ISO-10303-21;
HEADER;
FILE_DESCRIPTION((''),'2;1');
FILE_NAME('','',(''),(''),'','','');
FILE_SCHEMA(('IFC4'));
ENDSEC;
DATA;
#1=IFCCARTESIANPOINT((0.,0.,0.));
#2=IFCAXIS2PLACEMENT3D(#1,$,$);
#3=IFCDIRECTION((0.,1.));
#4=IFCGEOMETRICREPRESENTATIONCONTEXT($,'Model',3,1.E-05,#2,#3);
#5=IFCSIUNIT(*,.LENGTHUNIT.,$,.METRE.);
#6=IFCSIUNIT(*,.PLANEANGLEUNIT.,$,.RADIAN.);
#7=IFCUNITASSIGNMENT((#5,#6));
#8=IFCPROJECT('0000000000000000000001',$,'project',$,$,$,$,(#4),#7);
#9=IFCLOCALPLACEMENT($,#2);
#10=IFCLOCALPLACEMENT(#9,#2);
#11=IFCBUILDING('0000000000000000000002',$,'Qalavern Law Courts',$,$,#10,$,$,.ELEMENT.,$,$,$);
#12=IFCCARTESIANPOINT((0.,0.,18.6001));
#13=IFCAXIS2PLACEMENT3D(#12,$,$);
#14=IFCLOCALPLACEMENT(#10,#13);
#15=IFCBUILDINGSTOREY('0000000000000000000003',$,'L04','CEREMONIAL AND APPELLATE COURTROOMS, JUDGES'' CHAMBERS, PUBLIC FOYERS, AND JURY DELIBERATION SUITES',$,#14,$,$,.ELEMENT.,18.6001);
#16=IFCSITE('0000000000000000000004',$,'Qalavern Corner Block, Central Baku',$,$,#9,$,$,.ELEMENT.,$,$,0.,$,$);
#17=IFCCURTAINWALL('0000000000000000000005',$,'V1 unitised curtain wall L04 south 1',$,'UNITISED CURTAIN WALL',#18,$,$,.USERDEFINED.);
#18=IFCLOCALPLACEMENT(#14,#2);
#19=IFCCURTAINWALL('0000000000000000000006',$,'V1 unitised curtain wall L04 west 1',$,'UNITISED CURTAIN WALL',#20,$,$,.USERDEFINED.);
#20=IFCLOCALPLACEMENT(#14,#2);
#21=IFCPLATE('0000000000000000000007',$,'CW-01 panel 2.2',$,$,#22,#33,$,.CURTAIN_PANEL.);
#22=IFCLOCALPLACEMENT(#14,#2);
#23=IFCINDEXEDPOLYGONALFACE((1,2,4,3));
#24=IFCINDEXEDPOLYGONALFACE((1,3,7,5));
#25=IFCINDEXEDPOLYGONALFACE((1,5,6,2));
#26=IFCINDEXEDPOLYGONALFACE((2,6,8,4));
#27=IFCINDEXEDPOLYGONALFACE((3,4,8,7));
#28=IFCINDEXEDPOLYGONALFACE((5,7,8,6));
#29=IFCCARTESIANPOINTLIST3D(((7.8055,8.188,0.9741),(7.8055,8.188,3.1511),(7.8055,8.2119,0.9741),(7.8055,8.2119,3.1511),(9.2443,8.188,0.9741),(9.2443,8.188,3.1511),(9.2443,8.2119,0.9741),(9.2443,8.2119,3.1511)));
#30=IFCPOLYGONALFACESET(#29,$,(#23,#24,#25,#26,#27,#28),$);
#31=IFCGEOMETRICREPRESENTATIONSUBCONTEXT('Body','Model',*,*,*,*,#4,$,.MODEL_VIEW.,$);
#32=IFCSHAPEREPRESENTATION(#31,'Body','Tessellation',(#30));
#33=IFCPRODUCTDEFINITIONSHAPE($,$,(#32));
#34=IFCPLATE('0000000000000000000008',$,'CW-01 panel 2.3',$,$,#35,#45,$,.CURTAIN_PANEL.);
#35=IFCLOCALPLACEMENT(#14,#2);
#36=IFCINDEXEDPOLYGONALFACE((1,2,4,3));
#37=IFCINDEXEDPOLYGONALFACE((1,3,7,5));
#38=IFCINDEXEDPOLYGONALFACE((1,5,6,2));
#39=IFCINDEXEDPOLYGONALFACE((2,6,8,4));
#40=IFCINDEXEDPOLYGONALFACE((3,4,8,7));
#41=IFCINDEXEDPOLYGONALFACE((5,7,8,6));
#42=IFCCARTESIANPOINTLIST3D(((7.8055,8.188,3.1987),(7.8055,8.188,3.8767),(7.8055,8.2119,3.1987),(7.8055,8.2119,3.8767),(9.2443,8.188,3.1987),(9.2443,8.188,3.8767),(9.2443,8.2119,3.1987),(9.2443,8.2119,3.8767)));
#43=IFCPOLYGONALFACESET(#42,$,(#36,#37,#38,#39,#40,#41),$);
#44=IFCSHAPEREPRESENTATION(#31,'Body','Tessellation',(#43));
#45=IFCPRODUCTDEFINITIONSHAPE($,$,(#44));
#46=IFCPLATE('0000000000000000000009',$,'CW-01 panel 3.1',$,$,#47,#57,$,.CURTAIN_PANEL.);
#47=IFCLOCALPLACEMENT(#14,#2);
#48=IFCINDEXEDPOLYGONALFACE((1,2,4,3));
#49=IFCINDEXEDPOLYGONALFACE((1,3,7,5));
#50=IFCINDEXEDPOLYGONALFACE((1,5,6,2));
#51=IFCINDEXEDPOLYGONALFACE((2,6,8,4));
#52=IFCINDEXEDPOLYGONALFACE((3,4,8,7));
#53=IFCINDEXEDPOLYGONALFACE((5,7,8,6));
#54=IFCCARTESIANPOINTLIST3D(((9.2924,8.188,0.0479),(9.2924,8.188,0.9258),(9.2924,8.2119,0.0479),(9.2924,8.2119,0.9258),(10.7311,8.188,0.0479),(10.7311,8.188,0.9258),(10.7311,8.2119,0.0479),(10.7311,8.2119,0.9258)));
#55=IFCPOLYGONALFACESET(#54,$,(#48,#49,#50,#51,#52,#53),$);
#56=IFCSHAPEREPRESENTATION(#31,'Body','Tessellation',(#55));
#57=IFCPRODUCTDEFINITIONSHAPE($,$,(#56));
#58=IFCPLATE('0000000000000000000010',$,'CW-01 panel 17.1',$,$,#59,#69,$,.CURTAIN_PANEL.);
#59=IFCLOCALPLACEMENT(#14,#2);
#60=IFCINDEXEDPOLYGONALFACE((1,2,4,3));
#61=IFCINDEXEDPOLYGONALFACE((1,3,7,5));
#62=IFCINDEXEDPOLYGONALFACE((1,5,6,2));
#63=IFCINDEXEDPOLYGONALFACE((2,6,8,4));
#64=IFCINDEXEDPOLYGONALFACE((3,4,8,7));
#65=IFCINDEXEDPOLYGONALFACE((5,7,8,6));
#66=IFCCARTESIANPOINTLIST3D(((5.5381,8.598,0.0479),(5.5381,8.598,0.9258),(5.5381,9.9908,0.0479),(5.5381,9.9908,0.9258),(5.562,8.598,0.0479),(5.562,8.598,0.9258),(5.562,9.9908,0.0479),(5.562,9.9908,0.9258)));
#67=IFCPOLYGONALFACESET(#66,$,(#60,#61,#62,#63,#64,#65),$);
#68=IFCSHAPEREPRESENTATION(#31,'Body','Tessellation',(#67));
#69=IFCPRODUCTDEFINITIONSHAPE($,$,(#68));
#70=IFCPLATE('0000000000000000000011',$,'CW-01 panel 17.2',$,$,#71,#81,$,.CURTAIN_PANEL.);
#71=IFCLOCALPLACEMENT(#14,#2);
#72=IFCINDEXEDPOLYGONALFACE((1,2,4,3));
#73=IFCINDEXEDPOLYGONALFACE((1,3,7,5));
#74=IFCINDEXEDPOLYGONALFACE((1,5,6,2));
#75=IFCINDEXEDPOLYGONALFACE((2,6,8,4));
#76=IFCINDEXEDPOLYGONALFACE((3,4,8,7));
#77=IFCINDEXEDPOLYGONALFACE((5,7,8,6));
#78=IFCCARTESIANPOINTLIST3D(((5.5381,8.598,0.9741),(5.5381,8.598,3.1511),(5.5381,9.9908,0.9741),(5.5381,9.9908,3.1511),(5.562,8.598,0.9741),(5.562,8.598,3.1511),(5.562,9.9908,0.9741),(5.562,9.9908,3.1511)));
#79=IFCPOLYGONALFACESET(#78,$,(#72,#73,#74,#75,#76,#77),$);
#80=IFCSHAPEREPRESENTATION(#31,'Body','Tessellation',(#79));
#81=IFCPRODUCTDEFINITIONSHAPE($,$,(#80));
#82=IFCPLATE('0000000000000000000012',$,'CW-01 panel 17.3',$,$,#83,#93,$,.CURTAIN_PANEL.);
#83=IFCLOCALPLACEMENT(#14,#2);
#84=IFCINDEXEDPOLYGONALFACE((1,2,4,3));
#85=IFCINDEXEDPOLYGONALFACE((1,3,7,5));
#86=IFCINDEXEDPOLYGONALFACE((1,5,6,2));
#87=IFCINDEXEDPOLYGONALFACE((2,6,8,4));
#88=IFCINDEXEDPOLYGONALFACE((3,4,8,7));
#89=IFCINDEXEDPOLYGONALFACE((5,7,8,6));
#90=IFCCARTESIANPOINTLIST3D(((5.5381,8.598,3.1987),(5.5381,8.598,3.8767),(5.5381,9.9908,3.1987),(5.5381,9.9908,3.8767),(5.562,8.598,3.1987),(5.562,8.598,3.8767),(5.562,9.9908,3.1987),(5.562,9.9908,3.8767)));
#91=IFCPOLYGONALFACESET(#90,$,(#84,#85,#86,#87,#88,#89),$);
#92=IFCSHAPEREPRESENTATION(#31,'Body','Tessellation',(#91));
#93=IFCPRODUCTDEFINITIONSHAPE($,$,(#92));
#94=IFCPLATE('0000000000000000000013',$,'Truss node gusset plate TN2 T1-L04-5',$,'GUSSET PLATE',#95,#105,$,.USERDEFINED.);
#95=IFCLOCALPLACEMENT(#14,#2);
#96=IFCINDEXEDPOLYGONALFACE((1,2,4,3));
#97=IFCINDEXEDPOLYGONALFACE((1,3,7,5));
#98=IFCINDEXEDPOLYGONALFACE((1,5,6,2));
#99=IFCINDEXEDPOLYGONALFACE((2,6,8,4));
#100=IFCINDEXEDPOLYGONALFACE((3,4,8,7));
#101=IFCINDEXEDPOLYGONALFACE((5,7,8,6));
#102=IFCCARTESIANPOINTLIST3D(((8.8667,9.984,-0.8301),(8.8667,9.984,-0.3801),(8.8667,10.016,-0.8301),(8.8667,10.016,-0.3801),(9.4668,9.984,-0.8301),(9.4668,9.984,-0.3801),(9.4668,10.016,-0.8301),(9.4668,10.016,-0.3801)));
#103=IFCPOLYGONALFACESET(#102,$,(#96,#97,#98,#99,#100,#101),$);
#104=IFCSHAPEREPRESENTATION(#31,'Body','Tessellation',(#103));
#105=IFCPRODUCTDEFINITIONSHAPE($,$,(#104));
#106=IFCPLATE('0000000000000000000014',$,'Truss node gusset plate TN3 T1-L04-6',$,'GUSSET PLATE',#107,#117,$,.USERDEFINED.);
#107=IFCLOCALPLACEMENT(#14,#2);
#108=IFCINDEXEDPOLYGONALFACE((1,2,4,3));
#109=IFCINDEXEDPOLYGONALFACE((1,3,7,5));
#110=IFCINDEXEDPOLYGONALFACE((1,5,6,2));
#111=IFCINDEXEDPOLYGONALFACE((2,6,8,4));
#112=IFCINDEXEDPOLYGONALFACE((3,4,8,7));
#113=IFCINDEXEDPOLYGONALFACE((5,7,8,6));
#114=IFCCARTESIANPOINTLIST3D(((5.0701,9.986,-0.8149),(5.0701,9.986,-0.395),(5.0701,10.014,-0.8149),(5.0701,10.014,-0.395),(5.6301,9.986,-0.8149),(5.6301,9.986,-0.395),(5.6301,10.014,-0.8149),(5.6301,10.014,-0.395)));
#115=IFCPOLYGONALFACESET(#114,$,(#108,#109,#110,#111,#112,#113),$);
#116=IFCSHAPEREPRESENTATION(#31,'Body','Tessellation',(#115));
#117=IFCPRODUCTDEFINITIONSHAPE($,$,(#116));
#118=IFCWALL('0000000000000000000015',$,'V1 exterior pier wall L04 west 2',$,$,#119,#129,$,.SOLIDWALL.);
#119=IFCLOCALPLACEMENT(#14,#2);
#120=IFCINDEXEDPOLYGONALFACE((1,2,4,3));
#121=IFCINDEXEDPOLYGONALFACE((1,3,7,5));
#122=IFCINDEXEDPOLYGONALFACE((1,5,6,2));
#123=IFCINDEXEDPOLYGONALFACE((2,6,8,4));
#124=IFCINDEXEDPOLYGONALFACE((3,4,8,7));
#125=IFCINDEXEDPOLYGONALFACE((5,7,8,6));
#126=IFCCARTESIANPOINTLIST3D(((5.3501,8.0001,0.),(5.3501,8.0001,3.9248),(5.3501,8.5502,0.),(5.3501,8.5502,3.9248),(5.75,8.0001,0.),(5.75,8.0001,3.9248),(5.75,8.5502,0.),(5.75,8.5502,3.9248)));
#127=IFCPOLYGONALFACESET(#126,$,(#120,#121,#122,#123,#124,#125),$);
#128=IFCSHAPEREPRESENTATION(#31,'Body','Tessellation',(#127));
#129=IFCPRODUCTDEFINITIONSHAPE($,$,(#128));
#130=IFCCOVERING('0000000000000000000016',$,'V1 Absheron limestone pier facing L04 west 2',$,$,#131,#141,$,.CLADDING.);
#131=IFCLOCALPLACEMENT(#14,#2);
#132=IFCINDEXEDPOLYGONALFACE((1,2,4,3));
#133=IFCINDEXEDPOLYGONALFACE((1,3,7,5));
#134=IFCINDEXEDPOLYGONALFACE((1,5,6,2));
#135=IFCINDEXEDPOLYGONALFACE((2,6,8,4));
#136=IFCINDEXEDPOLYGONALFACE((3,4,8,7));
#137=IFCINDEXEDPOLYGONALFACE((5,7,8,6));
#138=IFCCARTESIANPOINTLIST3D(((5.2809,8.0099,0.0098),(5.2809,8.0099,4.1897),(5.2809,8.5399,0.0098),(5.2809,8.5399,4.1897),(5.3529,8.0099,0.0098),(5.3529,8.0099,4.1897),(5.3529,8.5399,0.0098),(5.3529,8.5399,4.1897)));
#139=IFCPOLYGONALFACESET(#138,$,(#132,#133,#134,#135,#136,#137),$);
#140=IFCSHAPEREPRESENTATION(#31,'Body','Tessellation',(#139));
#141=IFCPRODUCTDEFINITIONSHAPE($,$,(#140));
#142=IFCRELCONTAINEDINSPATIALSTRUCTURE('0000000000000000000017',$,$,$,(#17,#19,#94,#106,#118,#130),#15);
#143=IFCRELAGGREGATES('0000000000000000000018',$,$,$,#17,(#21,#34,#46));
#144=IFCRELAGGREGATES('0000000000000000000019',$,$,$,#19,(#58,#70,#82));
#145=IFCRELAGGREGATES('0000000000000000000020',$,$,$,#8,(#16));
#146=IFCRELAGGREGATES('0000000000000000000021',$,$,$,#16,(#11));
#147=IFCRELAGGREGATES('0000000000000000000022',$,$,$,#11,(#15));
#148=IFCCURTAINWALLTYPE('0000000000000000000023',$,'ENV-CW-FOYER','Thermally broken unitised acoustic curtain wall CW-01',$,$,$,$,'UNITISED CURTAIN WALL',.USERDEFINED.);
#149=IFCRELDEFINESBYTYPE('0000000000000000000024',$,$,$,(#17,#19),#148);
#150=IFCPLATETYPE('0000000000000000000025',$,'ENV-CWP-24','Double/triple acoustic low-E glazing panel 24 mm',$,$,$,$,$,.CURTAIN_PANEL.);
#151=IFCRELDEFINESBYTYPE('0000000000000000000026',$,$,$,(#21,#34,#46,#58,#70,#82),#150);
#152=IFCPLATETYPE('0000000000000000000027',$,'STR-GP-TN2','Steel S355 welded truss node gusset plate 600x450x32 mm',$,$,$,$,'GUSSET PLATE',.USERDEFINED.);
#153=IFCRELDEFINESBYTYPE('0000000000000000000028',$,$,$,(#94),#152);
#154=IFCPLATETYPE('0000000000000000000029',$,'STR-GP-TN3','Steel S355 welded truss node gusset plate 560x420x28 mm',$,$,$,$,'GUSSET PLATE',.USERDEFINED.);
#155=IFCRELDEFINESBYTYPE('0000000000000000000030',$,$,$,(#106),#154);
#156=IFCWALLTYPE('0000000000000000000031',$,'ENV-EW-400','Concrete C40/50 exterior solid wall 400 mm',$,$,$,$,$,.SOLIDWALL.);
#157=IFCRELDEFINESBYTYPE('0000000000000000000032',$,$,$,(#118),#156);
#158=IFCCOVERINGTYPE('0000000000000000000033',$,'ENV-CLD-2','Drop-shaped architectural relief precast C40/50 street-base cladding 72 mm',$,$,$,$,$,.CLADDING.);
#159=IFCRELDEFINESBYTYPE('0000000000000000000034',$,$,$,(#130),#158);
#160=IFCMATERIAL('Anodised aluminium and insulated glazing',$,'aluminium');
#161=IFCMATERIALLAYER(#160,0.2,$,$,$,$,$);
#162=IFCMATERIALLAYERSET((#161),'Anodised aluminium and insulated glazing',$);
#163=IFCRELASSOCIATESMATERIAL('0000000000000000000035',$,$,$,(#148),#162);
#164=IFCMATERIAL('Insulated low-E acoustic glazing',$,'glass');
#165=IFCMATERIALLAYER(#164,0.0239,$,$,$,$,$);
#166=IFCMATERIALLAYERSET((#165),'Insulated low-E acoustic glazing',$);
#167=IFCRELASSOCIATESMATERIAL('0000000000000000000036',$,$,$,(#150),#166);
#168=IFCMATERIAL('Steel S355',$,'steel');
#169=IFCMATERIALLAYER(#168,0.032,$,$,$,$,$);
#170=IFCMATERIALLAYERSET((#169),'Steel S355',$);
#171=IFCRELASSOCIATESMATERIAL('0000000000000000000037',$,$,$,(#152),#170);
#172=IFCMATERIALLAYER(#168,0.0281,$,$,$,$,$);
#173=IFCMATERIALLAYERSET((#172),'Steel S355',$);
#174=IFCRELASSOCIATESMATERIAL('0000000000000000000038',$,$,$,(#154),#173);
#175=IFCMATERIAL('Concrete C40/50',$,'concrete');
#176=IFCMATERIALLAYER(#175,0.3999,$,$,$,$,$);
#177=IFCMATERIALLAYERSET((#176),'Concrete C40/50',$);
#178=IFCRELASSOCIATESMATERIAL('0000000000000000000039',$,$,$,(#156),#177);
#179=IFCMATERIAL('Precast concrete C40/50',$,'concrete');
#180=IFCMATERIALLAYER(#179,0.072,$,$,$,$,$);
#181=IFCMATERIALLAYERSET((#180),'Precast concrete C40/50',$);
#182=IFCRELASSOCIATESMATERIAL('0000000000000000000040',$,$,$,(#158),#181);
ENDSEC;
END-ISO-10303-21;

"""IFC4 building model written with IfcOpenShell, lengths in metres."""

from ifc_helpers import new_model, si_unit, direction, frame, frame_2d, origin, origin_2d, place, context, subcontext, project, spatial, rectangle, extrude, material, layer, layer_set, type_object, element, aggregate, save


model = new_model("IFC4")

# Units and contexts
model_context = context("Model", 3, precision=1e-05, world=origin(), true_north=direction((0.0, 1.0)))
body_context = subcontext(model_context, "Body", "Model", "MODEL_VIEW")
ifc_project = project(units=[si_unit("LENGTHUNIT", "METRE"), si_unit("PLANEANGLEUNIT", "RADIAN")], contexts=[model_context])

# Site, building, storey
site_placement = place(None, origin())
site = spatial("IfcSite", under=ifc_project, at=site_placement, Name="Qalavern Corner Block, Central Baku", CompositionType="ELEMENT", RefElevation=0.0)
building_placement = place(site_placement, origin())
building = spatial("IfcBuilding", under=site, at=building_placement, Name="Qalavern Law Courts", CompositionType="ELEMENT")
storey_placement = place(building_placement, frame((0.0, 0.0, 18.6001)))
storey = spatial("IfcBuildingStorey", under=building, at=storey_placement, Name="L04", Description="CEREMONIAL AND APPELLATE COURTROOMS, JUDGES' CHAMBERS, PUBLIC FOYERS, AND JURY DELIBERATION SUITES", CompositionType="ELEMENT", Elevation=18.6001)

# Curtain walls
ifc_material_1 = material(Name="Anodised aluminium and insulated glazing", Category="aluminium")
ifc_layer_1 = layer(ifc_material_1, 0.2)
ifc_layer_set_1 = layer_set([ifc_layer_1], Name="Anodised aluminium and insulated glazing")
curtain_wall_type = type_object("IfcCurtainWallType", Name="ENV-CW-FOYER", Description="Thermally broken unitised acoustic curtain wall CW-01", ElementType="UNITISED CURTAIN WALL", PredefinedType="USERDEFINED", material=ifc_layer_set_1)
curtain_wall_1_placement = place(storey_placement, origin())
curtain_wall_1 = element("IfcCurtainWall", 1, at=curtain_wall_1_placement, inside=storey, type_object=curtain_wall_type, Name="V1 unitised curtain wall L04 south 1", ObjectType="UNITISED CURTAIN WALL", PredefinedType="USERDEFINED")
curtain_wall_2_placement = place(storey_placement, origin())
curtain_wall_2 = element("IfcCurtainWall", 2, at=curtain_wall_2_placement, inside=storey, type_object=curtain_wall_type, Name="V1 unitised curtain wall L04 west 1", ObjectType="UNITISED CURTAIN WALL", PredefinedType="USERDEFINED")

# Shared definitions
ifc_material_2 = material(Name="Steel S355", Category="steel")

# Plates
ifc_material_3 = material(Name="Insulated low-E acoustic glazing", Category="glass")
ifc_layer_2 = layer(ifc_material_3, 0.0239)
ifc_layer_set_2 = layer_set([ifc_layer_2], Name="Insulated low-E acoustic glazing")
plate_type_1 = type_object("IfcPlateType", Name="ENV-CWP-24", Description="Double/triple acoustic low-E glazing panel 24 mm", PredefinedType="CURTAIN_PANEL", material=ifc_layer_set_2)
plate_1_placement = place(storey_placement, frame((8.5249, 8.2, 0.9741), z_axis=(0.0, 0.0, 1.0), x_axis=(1.0, 0.0, 0.0)))
plate_1 = element("IfcPlate", 3, at=plate_1_placement, type_object=plate_type_1, Name="CW-01 panel 2.2", PredefinedType="CURTAIN_PANEL", context=body_context, shape_type="SweptSolid", body=[
    extrude(rectangle(XDim=1.4387, YDim=0.0239, at=origin_2d()), origin(), (0.0, 0.0, 1.0), 2.177),
])
plate_2_placement = place(storey_placement, frame((8.5249, 8.2, 3.1987), z_axis=(0.0, 0.0, 1.0), x_axis=(1.0, 0.0, 0.0)))
plate_2 = element("IfcPlate", 4, at=plate_2_placement, type_object=plate_type_1, Name="CW-01 panel 2.3", PredefinedType="CURTAIN_PANEL", context=body_context, shape_type="SweptSolid", body=[
    extrude(rectangle(XDim=1.4387, YDim=0.0239, at=origin_2d()), origin(), (0.0, 0.0, 1.0), 0.678),
])
plate_3_placement = place(storey_placement, frame((10.0117, 8.2, 0.0479), z_axis=(0.0, 0.0, 1.0), x_axis=(1.0, 0.0, 0.0)))
plate_3 = element("IfcPlate", 5, at=plate_3_placement, type_object=plate_type_1, Name="CW-01 panel 3.1", PredefinedType="CURTAIN_PANEL", context=body_context, shape_type="SweptSolid", body=[
    extrude(rectangle(XDim=1.4387, YDim=0.0239, at=origin_2d()), origin(), (0.0, 0.0, 1.0), 0.8779),
])
aggregate(curtain_wall_1, [plate_1, plate_2, plate_3])
plate_4_placement = place(storey_placement, frame((5.55, 9.2944, 0.0479), z_axis=(0.0, 0.0, 1.0), x_axis=(0.0, -1.0, 0.0)))
plate_4 = element("IfcPlate", 6, at=plate_4_placement, type_object=plate_type_1, Name="CW-01 panel 17.1", PredefinedType="CURTAIN_PANEL", context=body_context, shape_type="SweptSolid", body=[
    extrude(rectangle(XDim=1.3928, YDim=0.0239, at=origin_2d()), origin(), (0.0, 0.0, 1.0), 0.8779),
])
plate_5_placement = place(storey_placement, frame((5.55, 9.2944, 0.9741), z_axis=(0.0, 0.0, 1.0), x_axis=(0.0, -1.0, 0.0)))
plate_5 = element("IfcPlate", 7, at=plate_5_placement, type_object=plate_type_1, Name="CW-01 panel 17.2", PredefinedType="CURTAIN_PANEL", context=body_context, shape_type="SweptSolid", body=[
    extrude(rectangle(XDim=1.3928, YDim=0.0239, at=origin_2d()), origin(), (0.0, 0.0, 1.0), 2.177),
])
plate_6_placement = place(storey_placement, frame((5.55, 9.2944, 3.1987), z_axis=(0.0, 0.0, 1.0), x_axis=(0.0, -1.0, 0.0)))
plate_6 = element("IfcPlate", 8, at=plate_6_placement, type_object=plate_type_1, Name="CW-01 panel 17.3", PredefinedType="CURTAIN_PANEL", context=body_context, shape_type="SweptSolid", body=[
    extrude(rectangle(XDim=1.3928, YDim=0.0239, at=origin_2d()), origin(), (0.0, 0.0, 1.0), 0.678),
])
aggregate(curtain_wall_2, [plate_4, plate_5, plate_6])

# Plates
ifc_layer_3 = layer(ifc_material_2, 0.032)
ifc_layer_set_3 = layer_set([ifc_layer_3], Name="Steel S355")
plate_type_2 = type_object("IfcPlateType", Name="STR-GP-TN2", Description="Steel S355 welded truss node gusset plate 600x450x32 mm", ElementType="GUSSET PLATE", PredefinedType="USERDEFINED", material=ifc_layer_set_3)
plate_7_placement = place(storey_placement, frame((9.1667, 10.0, -0.8301), z_axis=(0.0, 0.0, 1.0), x_axis=(1.0, 0.0, 0.0)))
element("IfcPlate", 9, at=plate_7_placement, inside=storey, type_object=plate_type_2, Name="Truss node gusset plate TN2 T1-L04-5", ObjectType="GUSSET PLATE", PredefinedType="USERDEFINED", context=body_context, shape_type="SweptSolid", body=[
    extrude(rectangle(XDim=0.6001, YDim=0.032, at=origin_2d()), origin(), (0.0, 0.0, 1.0), 0.45),
])
ifc_layer_4 = layer(ifc_material_2, 0.0281)
ifc_layer_set_4 = layer_set([ifc_layer_4], Name="Steel S355")
plate_type_3 = type_object("IfcPlateType", Name="STR-GP-TN3", Description="Steel S355 welded truss node gusset plate 560x420x28 mm", ElementType="GUSSET PLATE", PredefinedType="USERDEFINED", material=ifc_layer_set_4)
plate_8_placement = place(storey_placement, frame((5.3501, 10.0, -0.8149), z_axis=(0.0, 0.0, 1.0), x_axis=(1.0, 0.0, 0.0)))
element("IfcPlate", 10, at=plate_8_placement, inside=storey, type_object=plate_type_3, Name="Truss node gusset plate TN3 T1-L04-6", ObjectType="GUSSET PLATE", PredefinedType="USERDEFINED", context=body_context, shape_type="SweptSolid", body=[
    extrude(rectangle(XDim=0.5601, YDim=0.0281, at=origin_2d()), origin(), (0.0, 0.0, 1.0), 0.4199),
])

# Wall
ifc_material_4 = material(Name="Concrete C40/50", Category="concrete")
ifc_layer_5 = layer(ifc_material_4, 0.3999)
ifc_layer_set_5 = layer_set([ifc_layer_5], Name="Concrete C40/50")
wall_type = type_object("IfcWallType", Name="ENV-EW-400", Description="Concrete C40/50 exterior solid wall 400 mm", PredefinedType="SOLIDWALL", material=ifc_layer_set_5)
wall_placement = place(storey_placement, frame((5.55, 8.55, 0.0), z_axis=(0.0, 0.0, 1.0), x_axis=(0.0, -1.0, 0.0)))
element("IfcWall", 11, at=wall_placement, inside=storey, type_object=wall_type, Name="V1 exterior pier wall L04 west 2", PredefinedType="SOLIDWALL", context=body_context, shape_type="SweptSolid", body=[
    extrude(rectangle(XDim=0.55, YDim=0.3999, at=frame_2d((0.2749, 0.0))), origin(), (0.0, 0.0, 1.0), 3.9248),
])

# Covering
ifc_material_5 = material(Name="Precast concrete C40/50", Category="concrete")
ifc_layer_6 = layer(ifc_material_5, 0.072)
ifc_layer_set_6 = layer_set([ifc_layer_6], Name="Precast concrete C40/50")
covering_type = type_object("IfcCoveringType", Name="ENV-CLD-2", Description="Drop-shaped architectural relief precast C40/50 street-base cladding 72 mm", PredefinedType="CLADDING", material=ifc_layer_set_6)
covering_placement = place(storey_placement, frame((5.3169, 8.2749, 0.0098), z_axis=(0.0, 0.0, 1.0), x_axis=(0.0, -1.0, 0.0)))
element("IfcCovering", 12, at=covering_placement, inside=storey, type_object=covering_type, Name="V1 Absheron limestone pier facing L04 west 2", PredefinedType="CLADDING", context=body_context, shape_type="SweptSolid", body=[
    extrude(rectangle(XDim=0.53, YDim=0.072, at=origin_2d()), origin(), (0.0, 0.0, 1.0), 4.1799),
])

save(model, "model.ifc")
